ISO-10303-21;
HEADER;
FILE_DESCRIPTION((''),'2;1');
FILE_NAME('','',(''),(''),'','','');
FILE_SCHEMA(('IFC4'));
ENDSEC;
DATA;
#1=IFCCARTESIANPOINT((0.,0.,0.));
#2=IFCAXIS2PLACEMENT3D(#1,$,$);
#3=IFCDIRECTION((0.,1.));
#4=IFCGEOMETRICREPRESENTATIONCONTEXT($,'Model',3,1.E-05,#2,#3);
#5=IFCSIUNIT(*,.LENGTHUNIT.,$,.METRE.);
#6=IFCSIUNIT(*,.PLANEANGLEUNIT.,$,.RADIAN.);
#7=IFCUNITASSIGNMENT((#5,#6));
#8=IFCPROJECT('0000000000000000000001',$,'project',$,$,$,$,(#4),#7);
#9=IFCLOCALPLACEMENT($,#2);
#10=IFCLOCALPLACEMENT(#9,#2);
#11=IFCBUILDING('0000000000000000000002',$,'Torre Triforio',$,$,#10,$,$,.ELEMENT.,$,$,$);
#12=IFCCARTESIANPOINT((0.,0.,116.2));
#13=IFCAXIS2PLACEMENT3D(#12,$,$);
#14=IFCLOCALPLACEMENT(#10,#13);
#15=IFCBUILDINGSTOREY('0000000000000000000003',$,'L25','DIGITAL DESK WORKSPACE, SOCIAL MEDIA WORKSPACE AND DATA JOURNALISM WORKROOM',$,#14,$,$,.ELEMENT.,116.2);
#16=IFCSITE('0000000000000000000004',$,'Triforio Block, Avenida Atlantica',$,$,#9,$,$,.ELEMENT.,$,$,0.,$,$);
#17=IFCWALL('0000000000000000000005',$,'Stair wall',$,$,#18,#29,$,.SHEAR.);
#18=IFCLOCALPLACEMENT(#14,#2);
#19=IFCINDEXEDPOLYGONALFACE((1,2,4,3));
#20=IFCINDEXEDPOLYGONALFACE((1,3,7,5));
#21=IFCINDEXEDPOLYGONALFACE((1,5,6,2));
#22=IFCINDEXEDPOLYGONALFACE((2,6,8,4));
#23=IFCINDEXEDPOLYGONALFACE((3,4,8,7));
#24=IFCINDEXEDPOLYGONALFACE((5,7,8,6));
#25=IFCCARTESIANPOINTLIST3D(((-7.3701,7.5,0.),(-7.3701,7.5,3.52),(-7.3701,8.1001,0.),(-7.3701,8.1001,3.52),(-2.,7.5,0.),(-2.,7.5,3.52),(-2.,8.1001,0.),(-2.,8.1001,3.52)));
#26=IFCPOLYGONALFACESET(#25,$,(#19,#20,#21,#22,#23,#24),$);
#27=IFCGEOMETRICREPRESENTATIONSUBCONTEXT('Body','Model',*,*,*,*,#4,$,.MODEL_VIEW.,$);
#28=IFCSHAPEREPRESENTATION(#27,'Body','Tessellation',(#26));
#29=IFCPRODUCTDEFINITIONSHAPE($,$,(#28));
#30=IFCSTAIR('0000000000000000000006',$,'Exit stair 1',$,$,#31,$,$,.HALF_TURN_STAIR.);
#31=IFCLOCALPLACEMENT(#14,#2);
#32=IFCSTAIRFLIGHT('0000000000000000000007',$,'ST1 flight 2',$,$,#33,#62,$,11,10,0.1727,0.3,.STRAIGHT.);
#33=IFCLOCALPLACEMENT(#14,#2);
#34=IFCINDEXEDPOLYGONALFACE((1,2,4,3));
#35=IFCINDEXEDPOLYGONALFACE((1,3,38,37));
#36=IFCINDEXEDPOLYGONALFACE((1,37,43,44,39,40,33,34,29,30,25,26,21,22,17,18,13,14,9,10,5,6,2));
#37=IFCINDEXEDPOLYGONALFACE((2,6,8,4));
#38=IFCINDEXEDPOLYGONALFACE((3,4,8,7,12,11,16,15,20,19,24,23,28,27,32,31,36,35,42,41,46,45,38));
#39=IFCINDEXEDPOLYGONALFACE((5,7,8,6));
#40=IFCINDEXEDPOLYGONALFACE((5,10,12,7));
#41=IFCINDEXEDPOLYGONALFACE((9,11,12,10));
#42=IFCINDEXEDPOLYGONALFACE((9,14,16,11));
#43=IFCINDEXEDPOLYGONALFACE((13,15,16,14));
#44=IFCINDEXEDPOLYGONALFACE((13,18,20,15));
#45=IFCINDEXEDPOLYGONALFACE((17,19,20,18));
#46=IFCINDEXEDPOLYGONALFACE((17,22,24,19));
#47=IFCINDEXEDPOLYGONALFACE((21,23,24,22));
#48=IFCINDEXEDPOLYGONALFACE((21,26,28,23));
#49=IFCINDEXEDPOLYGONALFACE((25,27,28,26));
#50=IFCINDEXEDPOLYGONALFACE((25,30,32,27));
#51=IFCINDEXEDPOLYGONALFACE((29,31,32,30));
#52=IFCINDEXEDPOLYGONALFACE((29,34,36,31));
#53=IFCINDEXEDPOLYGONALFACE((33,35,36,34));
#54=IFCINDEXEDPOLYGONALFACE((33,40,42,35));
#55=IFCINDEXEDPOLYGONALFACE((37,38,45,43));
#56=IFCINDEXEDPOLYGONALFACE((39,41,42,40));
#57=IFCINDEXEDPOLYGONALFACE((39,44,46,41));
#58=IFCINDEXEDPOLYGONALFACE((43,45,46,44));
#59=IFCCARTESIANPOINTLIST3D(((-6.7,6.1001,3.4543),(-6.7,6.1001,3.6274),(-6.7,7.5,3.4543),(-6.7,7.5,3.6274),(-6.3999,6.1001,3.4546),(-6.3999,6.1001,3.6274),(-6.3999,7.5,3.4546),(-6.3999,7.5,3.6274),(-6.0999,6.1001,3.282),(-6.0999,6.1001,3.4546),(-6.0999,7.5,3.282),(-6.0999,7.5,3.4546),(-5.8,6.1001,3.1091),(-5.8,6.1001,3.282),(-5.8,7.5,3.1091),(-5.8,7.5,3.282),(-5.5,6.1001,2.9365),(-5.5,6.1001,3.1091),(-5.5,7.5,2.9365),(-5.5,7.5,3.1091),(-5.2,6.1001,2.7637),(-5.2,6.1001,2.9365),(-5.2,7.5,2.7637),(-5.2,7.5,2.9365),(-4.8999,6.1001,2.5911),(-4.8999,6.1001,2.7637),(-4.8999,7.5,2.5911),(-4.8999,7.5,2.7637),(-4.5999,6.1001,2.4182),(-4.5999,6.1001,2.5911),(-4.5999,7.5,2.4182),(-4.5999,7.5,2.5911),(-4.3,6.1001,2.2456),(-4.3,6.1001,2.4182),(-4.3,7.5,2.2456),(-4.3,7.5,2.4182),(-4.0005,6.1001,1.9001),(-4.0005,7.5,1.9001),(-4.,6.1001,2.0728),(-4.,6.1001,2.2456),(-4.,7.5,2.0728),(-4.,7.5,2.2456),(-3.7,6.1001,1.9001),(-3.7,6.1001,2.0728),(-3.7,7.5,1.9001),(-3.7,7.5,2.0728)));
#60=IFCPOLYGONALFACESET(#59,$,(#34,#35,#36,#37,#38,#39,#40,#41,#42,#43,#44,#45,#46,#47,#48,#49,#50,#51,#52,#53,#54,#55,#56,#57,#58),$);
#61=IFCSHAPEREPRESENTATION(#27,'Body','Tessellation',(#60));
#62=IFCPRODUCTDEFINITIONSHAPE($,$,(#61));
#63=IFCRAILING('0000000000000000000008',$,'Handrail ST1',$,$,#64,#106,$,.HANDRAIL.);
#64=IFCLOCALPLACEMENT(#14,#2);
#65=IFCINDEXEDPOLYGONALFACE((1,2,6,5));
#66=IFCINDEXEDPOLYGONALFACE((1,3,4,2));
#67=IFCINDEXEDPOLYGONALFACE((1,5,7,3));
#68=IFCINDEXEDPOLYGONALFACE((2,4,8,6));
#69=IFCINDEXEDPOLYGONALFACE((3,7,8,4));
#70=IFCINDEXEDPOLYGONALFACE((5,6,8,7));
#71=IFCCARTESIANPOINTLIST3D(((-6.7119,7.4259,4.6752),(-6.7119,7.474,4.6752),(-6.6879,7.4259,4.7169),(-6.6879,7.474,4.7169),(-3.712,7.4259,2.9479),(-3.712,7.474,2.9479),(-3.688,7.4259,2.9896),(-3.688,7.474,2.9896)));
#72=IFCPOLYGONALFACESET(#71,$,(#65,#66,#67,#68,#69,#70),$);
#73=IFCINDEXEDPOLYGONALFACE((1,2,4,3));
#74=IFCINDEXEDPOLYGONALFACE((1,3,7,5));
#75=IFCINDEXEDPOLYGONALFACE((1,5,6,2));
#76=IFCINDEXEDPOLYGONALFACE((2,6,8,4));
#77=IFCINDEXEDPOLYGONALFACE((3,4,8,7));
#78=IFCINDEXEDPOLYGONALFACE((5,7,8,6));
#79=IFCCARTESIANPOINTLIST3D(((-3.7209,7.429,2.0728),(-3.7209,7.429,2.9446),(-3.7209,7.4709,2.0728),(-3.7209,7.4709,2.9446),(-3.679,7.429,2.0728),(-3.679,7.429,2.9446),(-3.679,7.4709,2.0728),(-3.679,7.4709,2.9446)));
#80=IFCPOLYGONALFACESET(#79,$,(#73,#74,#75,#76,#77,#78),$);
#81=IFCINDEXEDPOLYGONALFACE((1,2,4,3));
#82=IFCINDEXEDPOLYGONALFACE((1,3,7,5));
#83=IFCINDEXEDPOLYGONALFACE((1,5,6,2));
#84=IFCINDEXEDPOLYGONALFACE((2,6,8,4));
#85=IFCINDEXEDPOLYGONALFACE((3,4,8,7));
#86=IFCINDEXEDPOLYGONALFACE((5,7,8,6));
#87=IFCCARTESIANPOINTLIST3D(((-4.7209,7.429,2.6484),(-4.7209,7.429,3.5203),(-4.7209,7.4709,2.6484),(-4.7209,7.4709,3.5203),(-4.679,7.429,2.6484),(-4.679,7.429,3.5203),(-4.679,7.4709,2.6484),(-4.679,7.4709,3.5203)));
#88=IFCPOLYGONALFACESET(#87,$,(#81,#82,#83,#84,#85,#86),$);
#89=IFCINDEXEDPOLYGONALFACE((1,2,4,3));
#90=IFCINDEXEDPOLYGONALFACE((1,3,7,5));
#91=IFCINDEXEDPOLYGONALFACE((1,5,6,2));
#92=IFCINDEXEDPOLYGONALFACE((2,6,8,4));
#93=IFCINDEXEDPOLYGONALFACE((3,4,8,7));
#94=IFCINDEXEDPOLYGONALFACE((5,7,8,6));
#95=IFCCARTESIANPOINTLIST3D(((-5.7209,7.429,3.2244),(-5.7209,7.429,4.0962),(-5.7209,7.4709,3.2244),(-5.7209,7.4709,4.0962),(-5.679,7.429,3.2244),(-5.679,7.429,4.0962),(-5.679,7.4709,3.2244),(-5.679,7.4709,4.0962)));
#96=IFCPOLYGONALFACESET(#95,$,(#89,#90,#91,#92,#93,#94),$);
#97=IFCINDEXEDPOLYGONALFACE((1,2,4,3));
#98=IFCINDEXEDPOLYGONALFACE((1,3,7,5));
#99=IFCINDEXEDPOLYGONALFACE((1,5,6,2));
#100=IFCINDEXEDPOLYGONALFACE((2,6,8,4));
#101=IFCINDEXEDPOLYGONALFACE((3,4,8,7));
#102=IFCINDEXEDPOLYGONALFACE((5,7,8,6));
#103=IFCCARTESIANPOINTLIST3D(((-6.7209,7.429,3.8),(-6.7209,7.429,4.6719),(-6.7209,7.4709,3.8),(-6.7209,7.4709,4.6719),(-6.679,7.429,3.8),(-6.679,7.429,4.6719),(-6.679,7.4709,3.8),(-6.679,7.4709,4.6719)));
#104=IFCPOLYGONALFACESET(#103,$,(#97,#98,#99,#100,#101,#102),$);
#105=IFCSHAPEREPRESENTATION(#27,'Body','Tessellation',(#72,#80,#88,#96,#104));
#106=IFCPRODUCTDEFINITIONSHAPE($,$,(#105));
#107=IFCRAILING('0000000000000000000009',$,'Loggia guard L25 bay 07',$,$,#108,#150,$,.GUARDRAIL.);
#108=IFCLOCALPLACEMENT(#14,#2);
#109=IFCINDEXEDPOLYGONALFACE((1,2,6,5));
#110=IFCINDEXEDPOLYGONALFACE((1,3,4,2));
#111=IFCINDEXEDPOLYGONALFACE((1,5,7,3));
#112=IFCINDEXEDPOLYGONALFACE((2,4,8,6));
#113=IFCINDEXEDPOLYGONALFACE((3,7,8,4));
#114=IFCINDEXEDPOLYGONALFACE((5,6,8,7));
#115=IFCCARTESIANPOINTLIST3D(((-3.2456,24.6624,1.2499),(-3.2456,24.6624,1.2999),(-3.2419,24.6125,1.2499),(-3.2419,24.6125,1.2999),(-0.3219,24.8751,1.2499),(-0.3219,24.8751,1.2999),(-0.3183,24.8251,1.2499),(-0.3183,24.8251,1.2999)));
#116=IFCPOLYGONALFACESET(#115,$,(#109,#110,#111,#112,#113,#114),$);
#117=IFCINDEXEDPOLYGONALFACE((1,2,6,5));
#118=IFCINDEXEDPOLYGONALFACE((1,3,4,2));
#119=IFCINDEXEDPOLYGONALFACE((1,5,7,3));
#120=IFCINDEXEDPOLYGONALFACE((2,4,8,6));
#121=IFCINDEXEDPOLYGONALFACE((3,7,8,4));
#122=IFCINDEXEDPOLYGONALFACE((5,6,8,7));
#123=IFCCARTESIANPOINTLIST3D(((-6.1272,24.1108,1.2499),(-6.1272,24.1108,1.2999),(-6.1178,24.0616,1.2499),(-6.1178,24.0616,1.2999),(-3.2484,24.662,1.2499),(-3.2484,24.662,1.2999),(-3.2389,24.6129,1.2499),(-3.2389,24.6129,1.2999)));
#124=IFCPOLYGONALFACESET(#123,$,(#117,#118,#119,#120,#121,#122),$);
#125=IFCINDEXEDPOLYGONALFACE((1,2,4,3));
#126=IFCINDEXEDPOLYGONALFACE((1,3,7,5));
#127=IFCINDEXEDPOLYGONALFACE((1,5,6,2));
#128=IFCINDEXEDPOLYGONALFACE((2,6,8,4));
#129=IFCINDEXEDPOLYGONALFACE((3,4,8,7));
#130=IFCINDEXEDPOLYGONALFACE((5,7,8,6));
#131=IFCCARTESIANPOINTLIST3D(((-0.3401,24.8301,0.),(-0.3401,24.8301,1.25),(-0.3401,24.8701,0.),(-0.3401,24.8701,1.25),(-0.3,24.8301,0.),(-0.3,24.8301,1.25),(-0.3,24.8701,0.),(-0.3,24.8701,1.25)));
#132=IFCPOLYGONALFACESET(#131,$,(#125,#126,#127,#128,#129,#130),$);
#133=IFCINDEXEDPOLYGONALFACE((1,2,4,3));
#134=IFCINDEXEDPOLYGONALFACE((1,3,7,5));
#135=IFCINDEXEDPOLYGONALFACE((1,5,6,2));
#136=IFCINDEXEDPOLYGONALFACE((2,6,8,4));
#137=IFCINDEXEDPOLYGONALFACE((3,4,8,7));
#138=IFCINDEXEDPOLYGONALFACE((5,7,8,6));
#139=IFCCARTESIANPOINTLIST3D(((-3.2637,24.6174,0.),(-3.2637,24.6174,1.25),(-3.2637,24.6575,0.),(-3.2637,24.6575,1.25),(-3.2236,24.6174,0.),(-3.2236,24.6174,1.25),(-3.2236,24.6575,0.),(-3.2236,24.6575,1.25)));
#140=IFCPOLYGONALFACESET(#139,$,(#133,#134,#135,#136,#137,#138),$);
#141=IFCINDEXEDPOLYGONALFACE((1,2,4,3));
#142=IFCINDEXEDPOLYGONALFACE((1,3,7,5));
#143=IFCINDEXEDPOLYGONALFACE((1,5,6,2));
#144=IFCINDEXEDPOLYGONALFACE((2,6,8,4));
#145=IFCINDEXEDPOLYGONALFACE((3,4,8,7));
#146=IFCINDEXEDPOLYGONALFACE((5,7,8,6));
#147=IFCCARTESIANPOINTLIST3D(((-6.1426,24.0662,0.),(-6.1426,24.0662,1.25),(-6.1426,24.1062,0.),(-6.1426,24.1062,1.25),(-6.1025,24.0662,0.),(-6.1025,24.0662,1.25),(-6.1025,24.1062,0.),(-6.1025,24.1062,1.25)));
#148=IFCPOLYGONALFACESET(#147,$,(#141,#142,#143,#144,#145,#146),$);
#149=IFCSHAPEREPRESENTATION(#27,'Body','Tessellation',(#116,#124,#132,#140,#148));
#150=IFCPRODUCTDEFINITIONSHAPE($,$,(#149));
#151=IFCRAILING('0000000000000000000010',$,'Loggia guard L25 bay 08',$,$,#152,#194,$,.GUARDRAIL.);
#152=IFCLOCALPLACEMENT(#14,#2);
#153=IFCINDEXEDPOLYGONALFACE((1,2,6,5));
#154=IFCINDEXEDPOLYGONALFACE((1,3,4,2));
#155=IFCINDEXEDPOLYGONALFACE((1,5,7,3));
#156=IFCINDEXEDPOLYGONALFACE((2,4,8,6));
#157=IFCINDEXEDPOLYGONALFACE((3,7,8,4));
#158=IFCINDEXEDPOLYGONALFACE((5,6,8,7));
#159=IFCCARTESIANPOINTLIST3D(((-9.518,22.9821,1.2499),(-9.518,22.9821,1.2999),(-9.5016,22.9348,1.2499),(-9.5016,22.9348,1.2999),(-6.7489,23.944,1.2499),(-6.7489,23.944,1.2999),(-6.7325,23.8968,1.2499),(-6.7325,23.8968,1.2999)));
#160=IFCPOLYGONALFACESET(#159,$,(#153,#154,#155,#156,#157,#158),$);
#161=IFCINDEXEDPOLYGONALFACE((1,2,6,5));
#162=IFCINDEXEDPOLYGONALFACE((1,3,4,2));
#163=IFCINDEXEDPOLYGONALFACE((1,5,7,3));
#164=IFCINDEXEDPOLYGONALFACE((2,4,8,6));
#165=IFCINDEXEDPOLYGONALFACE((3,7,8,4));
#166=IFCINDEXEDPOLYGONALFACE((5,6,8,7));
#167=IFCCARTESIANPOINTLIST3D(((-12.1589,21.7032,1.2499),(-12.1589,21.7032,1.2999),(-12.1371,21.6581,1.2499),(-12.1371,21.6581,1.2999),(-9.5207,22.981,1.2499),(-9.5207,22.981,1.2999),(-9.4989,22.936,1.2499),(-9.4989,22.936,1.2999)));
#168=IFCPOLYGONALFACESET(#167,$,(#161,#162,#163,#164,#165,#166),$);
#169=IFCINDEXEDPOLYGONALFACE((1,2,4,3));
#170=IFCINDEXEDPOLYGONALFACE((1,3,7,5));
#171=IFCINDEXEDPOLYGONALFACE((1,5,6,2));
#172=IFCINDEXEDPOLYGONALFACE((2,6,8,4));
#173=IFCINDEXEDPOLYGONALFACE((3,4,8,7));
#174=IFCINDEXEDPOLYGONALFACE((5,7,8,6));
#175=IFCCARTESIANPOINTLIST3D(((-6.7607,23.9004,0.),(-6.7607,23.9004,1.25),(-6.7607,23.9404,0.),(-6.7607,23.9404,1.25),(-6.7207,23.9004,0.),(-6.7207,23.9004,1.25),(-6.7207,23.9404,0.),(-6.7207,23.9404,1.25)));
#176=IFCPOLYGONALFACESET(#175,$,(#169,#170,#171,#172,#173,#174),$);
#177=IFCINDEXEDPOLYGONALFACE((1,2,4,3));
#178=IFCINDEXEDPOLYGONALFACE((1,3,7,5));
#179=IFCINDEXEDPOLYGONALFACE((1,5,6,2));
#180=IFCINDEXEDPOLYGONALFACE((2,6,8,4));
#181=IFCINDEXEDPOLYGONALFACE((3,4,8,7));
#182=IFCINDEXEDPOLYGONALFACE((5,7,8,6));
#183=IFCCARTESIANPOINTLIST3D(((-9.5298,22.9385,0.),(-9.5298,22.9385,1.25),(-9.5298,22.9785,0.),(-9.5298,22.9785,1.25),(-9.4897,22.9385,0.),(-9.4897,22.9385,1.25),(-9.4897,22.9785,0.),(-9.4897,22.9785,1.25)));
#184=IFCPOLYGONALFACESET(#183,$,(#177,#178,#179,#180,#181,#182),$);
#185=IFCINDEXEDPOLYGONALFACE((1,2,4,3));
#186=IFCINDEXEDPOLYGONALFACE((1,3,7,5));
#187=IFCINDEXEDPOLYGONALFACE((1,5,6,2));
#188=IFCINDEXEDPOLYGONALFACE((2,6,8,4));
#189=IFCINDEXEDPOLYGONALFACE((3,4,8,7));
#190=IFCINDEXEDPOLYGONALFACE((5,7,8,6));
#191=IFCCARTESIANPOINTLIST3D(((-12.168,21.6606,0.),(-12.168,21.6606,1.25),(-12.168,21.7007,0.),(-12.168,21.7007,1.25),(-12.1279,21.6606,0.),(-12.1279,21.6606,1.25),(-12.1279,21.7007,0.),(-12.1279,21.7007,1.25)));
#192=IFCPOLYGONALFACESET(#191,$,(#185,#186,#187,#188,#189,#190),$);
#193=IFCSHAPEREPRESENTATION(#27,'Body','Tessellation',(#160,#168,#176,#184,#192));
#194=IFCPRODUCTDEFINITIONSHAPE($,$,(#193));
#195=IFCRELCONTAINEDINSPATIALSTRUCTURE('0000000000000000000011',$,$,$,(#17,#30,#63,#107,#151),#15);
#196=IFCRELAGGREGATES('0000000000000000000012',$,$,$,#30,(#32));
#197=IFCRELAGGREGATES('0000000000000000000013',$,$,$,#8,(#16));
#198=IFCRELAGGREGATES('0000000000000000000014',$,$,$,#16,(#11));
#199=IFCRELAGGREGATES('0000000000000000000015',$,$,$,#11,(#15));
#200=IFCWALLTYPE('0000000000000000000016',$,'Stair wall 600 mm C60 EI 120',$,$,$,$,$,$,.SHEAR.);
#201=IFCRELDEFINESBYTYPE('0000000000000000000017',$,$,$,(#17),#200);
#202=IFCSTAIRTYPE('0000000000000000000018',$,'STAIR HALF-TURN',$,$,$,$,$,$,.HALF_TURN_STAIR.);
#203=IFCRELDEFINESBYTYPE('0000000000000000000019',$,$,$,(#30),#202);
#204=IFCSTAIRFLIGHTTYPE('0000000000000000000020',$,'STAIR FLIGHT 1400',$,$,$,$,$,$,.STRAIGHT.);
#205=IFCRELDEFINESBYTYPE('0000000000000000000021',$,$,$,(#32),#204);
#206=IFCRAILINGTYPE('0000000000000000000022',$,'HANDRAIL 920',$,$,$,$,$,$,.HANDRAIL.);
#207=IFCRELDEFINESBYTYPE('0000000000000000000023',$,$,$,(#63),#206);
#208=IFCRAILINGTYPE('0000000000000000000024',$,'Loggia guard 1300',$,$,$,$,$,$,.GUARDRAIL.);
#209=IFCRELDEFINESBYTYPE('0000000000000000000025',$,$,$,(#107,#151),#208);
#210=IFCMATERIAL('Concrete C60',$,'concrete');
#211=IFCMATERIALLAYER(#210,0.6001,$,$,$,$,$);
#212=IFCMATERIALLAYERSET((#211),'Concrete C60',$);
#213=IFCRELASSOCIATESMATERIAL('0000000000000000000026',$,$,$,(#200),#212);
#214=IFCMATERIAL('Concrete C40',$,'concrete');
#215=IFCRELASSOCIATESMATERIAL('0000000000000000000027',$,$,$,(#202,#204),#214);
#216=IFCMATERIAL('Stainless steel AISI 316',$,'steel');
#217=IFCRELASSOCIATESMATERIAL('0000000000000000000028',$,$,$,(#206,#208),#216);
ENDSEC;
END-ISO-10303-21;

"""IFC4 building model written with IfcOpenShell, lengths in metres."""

from ifc_helpers import new_model, si_unit, direction, frame, frame_2d, origin, origin_2d, place, context, subcontext, project, spatial, polyline, rectangle, outline, extrude, material, layer, layer_set, type_object, element, aggregate, save


model = new_model("IFC4")

# Units and contexts
model_context = context("Model", 3, precision=1e-05, world=origin(), true_north=direction((0.0, 1.0)))
body_context = subcontext(model_context, "Body", "Model", "MODEL_VIEW")
ifc_project = project(units=[si_unit("LENGTHUNIT", "METRE"), si_unit("PLANEANGLEUNIT", "RADIAN")], contexts=[model_context])

# Site, building, storey
site_placement = place(None, origin())
site = spatial("IfcSite", under=ifc_project, at=site_placement, Name="Triforio Block, Avenida Atlantica", CompositionType="ELEMENT", RefElevation=0.0)
building_placement = place(site_placement, origin())
building = spatial("IfcBuilding", under=site, at=building_placement, Name="Torre Triforio", CompositionType="ELEMENT")
storey_placement = place(building_placement, frame((0.0, 0.0, 116.2)))
storey = spatial("IfcBuildingStorey", under=building, at=storey_placement, Name="L25", Description="DIGITAL DESK WORKSPACE, SOCIAL MEDIA WORKSPACE AND DATA JOURNALISM WORKROOM", CompositionType="ELEMENT", Elevation=116.2)

# Shared definitions
ifc_material_1 = material(Name="Concrete C60", Category="concrete")

# Wall
ifc_layer_1 = layer(ifc_material_1, 0.6001)
ifc_layer_set_1 = layer_set([ifc_layer_1], Name="Concrete C60")
wall_type_1 = type_object("IfcWallType", Name="Stair wall 600 mm C60 EI 120", PredefinedType="SHEAR", material=ifc_layer_set_1)
wall_1_placement = place(storey_placement, frame((-7.3701, 7.8, 0.0), z_axis=(0.0, 0.0, 1.0), x_axis=(1.0, 0.0, 0.0)))
element("IfcWall", 1, at=wall_1_placement, inside=storey, type_object=wall_type_1, Name="Stair wall", PredefinedType="SHEAR", context=body_context, shape_type="SweptSolid", body=[
    extrude(rectangle(XDim=5.3701, YDim=0.6001, at=frame_2d((2.6851, 0.0))), origin(), (0.0, 0.0, 1.0), 3.52),
])

# Shared definitions
ifc_material_2 = material(Name="Concrete C40", Category="concrete")

# Stair, stair flight
stair_type = type_object("IfcStairType", Name="STAIR HALF-TURN", PredefinedType="HALF_TURN_STAIR", material=ifc_material_2)
stair_placement = place(storey_placement, origin())
stair = element("IfcStair", 2, at=stair_placement, inside=storey, type_object=stair_type, Name="Exit stair 1", PredefinedType="HALF_TURN_STAIR")
stair_flight_type = type_object("IfcStairFlightType", Name="STAIR FLIGHT 1400", PredefinedType="STRAIGHT", material=ifc_material_2)
stair_flight_placement = place(storey_placement, frame((-3.7, 6.8, 1.9001), z_axis=(0.0, 0.0, 1.0), x_axis=(-1.0, 0.0, 0.0)))
stair_flight = element("IfcStairFlight", 3, at=stair_flight_placement, type_object=stair_flight_type, Name="ST1 flight 2", NumberOfRisers=11, NumberOfTreads=10, PredefinedType="STRAIGHT", RiserHeight=0.1727, TreadLength=0.3, context=body_context, shape_type="SweptSolid", body=[
    extrude(outline(polyline([(0.0, 0.0), (0.0, 0.1726), (0.3, 0.1726), (0.3, 0.3455), (0.6001, 0.3455), (0.6001, 0.5181), (0.8999, 0.5181), (0.8999, 0.6909), (1.2, 0.6909), (1.2, 0.8635), (1.5, 0.8635), (1.5, 1.0364), (1.8, 1.0364), (1.8, 1.209), (2.1001, 1.209), (2.1001, 1.3818), (2.3999, 1.3818), (2.3999, 1.5544), (2.7, 1.5544), (2.7, 1.7273), (3.0, 1.7273), (3.0, 1.8999), (3.0, 1.5542), (0.3005, 0.0), (0.0, 0.0)])), frame((0.0, 0.7, 0.0), z_axis=(0.0, -1.0, 0.0), x_axis=(1.0, 0.0, 0.0)), (0.0, 0.0, 1.0), 1.3999),
])
aggregate(stair, [stair_flight])

# Railings
ifc_material_3 = material(Name="Stainless steel AISI 316", Category="steel")
railing_type_1 = type_object("IfcRailingType", Name="HANDRAIL 920", PredefinedType="HANDRAIL", material=ifc_material_3)
railing_1_placement = place(storey_placement, frame((-3.7, 7.45, 2.0728)))
element("IfcRailing", 4, at=railing_1_placement, inside=storey, type_object=railing_type_1, Name="Handrail ST1", PredefinedType="HANDRAIL", context=body_context, shape_type="SweptSolid", body=[
    extrude(rectangle(XDim=0.0481, YDim=0.0481, at=origin_2d()), frame((0.0, 0.0, 0.896), z_axis=(-0.86662, 0.0, 0.498969), x_axis=(0.0, -1.0, 0.0)), (0.0, 0.0, 1.0), 3.4617),
    extrude(rectangle(XDim=0.042, YDim=0.042, at=origin_2d()), origin(), (0.0, 0.0, 1.0), 0.8718),
    extrude(rectangle(XDim=0.042, YDim=0.042, at=origin_2d()), frame((-1.0, 0.0, 0.5757)), (0.0, 0.0, 1.0), 0.8718),
    extrude(rectangle(XDim=0.042, YDim=0.042, at=origin_2d()), frame((-2.0, 0.0, 1.1516)), (0.0, 0.0, 1.0), 0.8718),
    extrude(rectangle(XDim=0.042, YDim=0.042, at=origin_2d()), frame((-3.0, 0.0, 1.7273)), (0.0, 0.0, 1.0), 0.8718),
])
railing_type_2 = type_object("IfcRailingType", Name="Loggia guard 1300", PredefinedType="GUARDRAIL", material=ifc_material_3)
railing_2_placement = place(storey_placement, frame((-0.3201, 24.8501, 0.0)))
element("IfcRailing", 5, at=railing_2_placement, inside=storey, type_object=railing_type_2, Name="Loggia guard L25 bay 07", PredefinedType="GUARDRAIL", context=body_context, shape_type="SweptSolid", body=[
    extrude(rectangle(XDim=0.05, YDim=0.05, at=origin_2d()), frame((0.0, 0.0, 1.2749), z_axis=(-0.997365, -0.072543, 0.0), x_axis=(0.072543, -0.997365, 0.0)), (0.0, 0.0, 1.0), 2.9314),
    extrude(rectangle(XDim=0.05, YDim=0.05, at=origin_2d()), frame((-2.9236, -0.2126, 1.2749), z_axis=(-0.982156, -0.188069, 0.0), x_axis=(0.188069, -0.982156, 0.0)), (0.0, 0.0, 1.0), 2.9312),
    extrude(rectangle(XDim=0.04, YDim=0.04, at=origin_2d()), origin(), (0.0, 0.0, 1.0), 1.25),
    extrude(rectangle(XDim=0.04, YDim=0.04, at=origin_2d()), frame((-2.9236, -0.2126, 0.0)), (0.0, 0.0, 1.0), 1.25),
    extrude(rectangle(XDim=0.04, YDim=0.04, at=origin_2d()), frame((-5.8025, -0.7639, 0.0)), (0.0, 0.0, 1.0), 1.25),
])
railing_3_placement = place(storey_placement, frame((-6.7407, 23.9204, 0.0)))
element("IfcRailing", 6, at=railing_3_placement, inside=storey, type_object=railing_type_2, Name="Loggia guard L25 bay 08", PredefinedType="GUARDRAIL", context=body_context, shape_type="SweptSolid", body=[
    extrude(rectangle(XDim=0.05, YDim=0.05, at=origin_2d()), frame((0.0, 0.0, 1.2749), z_axis=(-0.944627, -0.328146, 0.0), x_axis=(0.328146, -0.944627, 0.0)), (0.0, 0.0, 1.0), 2.9314),
    extrude(rectangle(XDim=0.05, YDim=0.05, at=origin_2d()), frame((-2.769, -0.9619, 1.2749), z_axis=(-0.899986, -0.435918, 0.0), x_axis=(0.435918, -0.899986, 0.0)), (0.0, 0.0, 1.0), 2.9314),
    extrude(rectangle(XDim=0.04, YDim=0.04, at=origin_2d()), origin(), (0.0, 0.0, 1.0), 1.25),
    extrude(rectangle(XDim=0.04, YDim=0.04, at=origin_2d()), frame((-2.769, -0.9619, 0.0)), (0.0, 0.0, 1.0), 1.25),
    extrude(rectangle(XDim=0.04, YDim=0.04, at=origin_2d()), frame((-5.4072, -2.2397, 0.0)), (0.0, 0.0, 1.0), 1.25),
])

save(model, "model.ifc")
